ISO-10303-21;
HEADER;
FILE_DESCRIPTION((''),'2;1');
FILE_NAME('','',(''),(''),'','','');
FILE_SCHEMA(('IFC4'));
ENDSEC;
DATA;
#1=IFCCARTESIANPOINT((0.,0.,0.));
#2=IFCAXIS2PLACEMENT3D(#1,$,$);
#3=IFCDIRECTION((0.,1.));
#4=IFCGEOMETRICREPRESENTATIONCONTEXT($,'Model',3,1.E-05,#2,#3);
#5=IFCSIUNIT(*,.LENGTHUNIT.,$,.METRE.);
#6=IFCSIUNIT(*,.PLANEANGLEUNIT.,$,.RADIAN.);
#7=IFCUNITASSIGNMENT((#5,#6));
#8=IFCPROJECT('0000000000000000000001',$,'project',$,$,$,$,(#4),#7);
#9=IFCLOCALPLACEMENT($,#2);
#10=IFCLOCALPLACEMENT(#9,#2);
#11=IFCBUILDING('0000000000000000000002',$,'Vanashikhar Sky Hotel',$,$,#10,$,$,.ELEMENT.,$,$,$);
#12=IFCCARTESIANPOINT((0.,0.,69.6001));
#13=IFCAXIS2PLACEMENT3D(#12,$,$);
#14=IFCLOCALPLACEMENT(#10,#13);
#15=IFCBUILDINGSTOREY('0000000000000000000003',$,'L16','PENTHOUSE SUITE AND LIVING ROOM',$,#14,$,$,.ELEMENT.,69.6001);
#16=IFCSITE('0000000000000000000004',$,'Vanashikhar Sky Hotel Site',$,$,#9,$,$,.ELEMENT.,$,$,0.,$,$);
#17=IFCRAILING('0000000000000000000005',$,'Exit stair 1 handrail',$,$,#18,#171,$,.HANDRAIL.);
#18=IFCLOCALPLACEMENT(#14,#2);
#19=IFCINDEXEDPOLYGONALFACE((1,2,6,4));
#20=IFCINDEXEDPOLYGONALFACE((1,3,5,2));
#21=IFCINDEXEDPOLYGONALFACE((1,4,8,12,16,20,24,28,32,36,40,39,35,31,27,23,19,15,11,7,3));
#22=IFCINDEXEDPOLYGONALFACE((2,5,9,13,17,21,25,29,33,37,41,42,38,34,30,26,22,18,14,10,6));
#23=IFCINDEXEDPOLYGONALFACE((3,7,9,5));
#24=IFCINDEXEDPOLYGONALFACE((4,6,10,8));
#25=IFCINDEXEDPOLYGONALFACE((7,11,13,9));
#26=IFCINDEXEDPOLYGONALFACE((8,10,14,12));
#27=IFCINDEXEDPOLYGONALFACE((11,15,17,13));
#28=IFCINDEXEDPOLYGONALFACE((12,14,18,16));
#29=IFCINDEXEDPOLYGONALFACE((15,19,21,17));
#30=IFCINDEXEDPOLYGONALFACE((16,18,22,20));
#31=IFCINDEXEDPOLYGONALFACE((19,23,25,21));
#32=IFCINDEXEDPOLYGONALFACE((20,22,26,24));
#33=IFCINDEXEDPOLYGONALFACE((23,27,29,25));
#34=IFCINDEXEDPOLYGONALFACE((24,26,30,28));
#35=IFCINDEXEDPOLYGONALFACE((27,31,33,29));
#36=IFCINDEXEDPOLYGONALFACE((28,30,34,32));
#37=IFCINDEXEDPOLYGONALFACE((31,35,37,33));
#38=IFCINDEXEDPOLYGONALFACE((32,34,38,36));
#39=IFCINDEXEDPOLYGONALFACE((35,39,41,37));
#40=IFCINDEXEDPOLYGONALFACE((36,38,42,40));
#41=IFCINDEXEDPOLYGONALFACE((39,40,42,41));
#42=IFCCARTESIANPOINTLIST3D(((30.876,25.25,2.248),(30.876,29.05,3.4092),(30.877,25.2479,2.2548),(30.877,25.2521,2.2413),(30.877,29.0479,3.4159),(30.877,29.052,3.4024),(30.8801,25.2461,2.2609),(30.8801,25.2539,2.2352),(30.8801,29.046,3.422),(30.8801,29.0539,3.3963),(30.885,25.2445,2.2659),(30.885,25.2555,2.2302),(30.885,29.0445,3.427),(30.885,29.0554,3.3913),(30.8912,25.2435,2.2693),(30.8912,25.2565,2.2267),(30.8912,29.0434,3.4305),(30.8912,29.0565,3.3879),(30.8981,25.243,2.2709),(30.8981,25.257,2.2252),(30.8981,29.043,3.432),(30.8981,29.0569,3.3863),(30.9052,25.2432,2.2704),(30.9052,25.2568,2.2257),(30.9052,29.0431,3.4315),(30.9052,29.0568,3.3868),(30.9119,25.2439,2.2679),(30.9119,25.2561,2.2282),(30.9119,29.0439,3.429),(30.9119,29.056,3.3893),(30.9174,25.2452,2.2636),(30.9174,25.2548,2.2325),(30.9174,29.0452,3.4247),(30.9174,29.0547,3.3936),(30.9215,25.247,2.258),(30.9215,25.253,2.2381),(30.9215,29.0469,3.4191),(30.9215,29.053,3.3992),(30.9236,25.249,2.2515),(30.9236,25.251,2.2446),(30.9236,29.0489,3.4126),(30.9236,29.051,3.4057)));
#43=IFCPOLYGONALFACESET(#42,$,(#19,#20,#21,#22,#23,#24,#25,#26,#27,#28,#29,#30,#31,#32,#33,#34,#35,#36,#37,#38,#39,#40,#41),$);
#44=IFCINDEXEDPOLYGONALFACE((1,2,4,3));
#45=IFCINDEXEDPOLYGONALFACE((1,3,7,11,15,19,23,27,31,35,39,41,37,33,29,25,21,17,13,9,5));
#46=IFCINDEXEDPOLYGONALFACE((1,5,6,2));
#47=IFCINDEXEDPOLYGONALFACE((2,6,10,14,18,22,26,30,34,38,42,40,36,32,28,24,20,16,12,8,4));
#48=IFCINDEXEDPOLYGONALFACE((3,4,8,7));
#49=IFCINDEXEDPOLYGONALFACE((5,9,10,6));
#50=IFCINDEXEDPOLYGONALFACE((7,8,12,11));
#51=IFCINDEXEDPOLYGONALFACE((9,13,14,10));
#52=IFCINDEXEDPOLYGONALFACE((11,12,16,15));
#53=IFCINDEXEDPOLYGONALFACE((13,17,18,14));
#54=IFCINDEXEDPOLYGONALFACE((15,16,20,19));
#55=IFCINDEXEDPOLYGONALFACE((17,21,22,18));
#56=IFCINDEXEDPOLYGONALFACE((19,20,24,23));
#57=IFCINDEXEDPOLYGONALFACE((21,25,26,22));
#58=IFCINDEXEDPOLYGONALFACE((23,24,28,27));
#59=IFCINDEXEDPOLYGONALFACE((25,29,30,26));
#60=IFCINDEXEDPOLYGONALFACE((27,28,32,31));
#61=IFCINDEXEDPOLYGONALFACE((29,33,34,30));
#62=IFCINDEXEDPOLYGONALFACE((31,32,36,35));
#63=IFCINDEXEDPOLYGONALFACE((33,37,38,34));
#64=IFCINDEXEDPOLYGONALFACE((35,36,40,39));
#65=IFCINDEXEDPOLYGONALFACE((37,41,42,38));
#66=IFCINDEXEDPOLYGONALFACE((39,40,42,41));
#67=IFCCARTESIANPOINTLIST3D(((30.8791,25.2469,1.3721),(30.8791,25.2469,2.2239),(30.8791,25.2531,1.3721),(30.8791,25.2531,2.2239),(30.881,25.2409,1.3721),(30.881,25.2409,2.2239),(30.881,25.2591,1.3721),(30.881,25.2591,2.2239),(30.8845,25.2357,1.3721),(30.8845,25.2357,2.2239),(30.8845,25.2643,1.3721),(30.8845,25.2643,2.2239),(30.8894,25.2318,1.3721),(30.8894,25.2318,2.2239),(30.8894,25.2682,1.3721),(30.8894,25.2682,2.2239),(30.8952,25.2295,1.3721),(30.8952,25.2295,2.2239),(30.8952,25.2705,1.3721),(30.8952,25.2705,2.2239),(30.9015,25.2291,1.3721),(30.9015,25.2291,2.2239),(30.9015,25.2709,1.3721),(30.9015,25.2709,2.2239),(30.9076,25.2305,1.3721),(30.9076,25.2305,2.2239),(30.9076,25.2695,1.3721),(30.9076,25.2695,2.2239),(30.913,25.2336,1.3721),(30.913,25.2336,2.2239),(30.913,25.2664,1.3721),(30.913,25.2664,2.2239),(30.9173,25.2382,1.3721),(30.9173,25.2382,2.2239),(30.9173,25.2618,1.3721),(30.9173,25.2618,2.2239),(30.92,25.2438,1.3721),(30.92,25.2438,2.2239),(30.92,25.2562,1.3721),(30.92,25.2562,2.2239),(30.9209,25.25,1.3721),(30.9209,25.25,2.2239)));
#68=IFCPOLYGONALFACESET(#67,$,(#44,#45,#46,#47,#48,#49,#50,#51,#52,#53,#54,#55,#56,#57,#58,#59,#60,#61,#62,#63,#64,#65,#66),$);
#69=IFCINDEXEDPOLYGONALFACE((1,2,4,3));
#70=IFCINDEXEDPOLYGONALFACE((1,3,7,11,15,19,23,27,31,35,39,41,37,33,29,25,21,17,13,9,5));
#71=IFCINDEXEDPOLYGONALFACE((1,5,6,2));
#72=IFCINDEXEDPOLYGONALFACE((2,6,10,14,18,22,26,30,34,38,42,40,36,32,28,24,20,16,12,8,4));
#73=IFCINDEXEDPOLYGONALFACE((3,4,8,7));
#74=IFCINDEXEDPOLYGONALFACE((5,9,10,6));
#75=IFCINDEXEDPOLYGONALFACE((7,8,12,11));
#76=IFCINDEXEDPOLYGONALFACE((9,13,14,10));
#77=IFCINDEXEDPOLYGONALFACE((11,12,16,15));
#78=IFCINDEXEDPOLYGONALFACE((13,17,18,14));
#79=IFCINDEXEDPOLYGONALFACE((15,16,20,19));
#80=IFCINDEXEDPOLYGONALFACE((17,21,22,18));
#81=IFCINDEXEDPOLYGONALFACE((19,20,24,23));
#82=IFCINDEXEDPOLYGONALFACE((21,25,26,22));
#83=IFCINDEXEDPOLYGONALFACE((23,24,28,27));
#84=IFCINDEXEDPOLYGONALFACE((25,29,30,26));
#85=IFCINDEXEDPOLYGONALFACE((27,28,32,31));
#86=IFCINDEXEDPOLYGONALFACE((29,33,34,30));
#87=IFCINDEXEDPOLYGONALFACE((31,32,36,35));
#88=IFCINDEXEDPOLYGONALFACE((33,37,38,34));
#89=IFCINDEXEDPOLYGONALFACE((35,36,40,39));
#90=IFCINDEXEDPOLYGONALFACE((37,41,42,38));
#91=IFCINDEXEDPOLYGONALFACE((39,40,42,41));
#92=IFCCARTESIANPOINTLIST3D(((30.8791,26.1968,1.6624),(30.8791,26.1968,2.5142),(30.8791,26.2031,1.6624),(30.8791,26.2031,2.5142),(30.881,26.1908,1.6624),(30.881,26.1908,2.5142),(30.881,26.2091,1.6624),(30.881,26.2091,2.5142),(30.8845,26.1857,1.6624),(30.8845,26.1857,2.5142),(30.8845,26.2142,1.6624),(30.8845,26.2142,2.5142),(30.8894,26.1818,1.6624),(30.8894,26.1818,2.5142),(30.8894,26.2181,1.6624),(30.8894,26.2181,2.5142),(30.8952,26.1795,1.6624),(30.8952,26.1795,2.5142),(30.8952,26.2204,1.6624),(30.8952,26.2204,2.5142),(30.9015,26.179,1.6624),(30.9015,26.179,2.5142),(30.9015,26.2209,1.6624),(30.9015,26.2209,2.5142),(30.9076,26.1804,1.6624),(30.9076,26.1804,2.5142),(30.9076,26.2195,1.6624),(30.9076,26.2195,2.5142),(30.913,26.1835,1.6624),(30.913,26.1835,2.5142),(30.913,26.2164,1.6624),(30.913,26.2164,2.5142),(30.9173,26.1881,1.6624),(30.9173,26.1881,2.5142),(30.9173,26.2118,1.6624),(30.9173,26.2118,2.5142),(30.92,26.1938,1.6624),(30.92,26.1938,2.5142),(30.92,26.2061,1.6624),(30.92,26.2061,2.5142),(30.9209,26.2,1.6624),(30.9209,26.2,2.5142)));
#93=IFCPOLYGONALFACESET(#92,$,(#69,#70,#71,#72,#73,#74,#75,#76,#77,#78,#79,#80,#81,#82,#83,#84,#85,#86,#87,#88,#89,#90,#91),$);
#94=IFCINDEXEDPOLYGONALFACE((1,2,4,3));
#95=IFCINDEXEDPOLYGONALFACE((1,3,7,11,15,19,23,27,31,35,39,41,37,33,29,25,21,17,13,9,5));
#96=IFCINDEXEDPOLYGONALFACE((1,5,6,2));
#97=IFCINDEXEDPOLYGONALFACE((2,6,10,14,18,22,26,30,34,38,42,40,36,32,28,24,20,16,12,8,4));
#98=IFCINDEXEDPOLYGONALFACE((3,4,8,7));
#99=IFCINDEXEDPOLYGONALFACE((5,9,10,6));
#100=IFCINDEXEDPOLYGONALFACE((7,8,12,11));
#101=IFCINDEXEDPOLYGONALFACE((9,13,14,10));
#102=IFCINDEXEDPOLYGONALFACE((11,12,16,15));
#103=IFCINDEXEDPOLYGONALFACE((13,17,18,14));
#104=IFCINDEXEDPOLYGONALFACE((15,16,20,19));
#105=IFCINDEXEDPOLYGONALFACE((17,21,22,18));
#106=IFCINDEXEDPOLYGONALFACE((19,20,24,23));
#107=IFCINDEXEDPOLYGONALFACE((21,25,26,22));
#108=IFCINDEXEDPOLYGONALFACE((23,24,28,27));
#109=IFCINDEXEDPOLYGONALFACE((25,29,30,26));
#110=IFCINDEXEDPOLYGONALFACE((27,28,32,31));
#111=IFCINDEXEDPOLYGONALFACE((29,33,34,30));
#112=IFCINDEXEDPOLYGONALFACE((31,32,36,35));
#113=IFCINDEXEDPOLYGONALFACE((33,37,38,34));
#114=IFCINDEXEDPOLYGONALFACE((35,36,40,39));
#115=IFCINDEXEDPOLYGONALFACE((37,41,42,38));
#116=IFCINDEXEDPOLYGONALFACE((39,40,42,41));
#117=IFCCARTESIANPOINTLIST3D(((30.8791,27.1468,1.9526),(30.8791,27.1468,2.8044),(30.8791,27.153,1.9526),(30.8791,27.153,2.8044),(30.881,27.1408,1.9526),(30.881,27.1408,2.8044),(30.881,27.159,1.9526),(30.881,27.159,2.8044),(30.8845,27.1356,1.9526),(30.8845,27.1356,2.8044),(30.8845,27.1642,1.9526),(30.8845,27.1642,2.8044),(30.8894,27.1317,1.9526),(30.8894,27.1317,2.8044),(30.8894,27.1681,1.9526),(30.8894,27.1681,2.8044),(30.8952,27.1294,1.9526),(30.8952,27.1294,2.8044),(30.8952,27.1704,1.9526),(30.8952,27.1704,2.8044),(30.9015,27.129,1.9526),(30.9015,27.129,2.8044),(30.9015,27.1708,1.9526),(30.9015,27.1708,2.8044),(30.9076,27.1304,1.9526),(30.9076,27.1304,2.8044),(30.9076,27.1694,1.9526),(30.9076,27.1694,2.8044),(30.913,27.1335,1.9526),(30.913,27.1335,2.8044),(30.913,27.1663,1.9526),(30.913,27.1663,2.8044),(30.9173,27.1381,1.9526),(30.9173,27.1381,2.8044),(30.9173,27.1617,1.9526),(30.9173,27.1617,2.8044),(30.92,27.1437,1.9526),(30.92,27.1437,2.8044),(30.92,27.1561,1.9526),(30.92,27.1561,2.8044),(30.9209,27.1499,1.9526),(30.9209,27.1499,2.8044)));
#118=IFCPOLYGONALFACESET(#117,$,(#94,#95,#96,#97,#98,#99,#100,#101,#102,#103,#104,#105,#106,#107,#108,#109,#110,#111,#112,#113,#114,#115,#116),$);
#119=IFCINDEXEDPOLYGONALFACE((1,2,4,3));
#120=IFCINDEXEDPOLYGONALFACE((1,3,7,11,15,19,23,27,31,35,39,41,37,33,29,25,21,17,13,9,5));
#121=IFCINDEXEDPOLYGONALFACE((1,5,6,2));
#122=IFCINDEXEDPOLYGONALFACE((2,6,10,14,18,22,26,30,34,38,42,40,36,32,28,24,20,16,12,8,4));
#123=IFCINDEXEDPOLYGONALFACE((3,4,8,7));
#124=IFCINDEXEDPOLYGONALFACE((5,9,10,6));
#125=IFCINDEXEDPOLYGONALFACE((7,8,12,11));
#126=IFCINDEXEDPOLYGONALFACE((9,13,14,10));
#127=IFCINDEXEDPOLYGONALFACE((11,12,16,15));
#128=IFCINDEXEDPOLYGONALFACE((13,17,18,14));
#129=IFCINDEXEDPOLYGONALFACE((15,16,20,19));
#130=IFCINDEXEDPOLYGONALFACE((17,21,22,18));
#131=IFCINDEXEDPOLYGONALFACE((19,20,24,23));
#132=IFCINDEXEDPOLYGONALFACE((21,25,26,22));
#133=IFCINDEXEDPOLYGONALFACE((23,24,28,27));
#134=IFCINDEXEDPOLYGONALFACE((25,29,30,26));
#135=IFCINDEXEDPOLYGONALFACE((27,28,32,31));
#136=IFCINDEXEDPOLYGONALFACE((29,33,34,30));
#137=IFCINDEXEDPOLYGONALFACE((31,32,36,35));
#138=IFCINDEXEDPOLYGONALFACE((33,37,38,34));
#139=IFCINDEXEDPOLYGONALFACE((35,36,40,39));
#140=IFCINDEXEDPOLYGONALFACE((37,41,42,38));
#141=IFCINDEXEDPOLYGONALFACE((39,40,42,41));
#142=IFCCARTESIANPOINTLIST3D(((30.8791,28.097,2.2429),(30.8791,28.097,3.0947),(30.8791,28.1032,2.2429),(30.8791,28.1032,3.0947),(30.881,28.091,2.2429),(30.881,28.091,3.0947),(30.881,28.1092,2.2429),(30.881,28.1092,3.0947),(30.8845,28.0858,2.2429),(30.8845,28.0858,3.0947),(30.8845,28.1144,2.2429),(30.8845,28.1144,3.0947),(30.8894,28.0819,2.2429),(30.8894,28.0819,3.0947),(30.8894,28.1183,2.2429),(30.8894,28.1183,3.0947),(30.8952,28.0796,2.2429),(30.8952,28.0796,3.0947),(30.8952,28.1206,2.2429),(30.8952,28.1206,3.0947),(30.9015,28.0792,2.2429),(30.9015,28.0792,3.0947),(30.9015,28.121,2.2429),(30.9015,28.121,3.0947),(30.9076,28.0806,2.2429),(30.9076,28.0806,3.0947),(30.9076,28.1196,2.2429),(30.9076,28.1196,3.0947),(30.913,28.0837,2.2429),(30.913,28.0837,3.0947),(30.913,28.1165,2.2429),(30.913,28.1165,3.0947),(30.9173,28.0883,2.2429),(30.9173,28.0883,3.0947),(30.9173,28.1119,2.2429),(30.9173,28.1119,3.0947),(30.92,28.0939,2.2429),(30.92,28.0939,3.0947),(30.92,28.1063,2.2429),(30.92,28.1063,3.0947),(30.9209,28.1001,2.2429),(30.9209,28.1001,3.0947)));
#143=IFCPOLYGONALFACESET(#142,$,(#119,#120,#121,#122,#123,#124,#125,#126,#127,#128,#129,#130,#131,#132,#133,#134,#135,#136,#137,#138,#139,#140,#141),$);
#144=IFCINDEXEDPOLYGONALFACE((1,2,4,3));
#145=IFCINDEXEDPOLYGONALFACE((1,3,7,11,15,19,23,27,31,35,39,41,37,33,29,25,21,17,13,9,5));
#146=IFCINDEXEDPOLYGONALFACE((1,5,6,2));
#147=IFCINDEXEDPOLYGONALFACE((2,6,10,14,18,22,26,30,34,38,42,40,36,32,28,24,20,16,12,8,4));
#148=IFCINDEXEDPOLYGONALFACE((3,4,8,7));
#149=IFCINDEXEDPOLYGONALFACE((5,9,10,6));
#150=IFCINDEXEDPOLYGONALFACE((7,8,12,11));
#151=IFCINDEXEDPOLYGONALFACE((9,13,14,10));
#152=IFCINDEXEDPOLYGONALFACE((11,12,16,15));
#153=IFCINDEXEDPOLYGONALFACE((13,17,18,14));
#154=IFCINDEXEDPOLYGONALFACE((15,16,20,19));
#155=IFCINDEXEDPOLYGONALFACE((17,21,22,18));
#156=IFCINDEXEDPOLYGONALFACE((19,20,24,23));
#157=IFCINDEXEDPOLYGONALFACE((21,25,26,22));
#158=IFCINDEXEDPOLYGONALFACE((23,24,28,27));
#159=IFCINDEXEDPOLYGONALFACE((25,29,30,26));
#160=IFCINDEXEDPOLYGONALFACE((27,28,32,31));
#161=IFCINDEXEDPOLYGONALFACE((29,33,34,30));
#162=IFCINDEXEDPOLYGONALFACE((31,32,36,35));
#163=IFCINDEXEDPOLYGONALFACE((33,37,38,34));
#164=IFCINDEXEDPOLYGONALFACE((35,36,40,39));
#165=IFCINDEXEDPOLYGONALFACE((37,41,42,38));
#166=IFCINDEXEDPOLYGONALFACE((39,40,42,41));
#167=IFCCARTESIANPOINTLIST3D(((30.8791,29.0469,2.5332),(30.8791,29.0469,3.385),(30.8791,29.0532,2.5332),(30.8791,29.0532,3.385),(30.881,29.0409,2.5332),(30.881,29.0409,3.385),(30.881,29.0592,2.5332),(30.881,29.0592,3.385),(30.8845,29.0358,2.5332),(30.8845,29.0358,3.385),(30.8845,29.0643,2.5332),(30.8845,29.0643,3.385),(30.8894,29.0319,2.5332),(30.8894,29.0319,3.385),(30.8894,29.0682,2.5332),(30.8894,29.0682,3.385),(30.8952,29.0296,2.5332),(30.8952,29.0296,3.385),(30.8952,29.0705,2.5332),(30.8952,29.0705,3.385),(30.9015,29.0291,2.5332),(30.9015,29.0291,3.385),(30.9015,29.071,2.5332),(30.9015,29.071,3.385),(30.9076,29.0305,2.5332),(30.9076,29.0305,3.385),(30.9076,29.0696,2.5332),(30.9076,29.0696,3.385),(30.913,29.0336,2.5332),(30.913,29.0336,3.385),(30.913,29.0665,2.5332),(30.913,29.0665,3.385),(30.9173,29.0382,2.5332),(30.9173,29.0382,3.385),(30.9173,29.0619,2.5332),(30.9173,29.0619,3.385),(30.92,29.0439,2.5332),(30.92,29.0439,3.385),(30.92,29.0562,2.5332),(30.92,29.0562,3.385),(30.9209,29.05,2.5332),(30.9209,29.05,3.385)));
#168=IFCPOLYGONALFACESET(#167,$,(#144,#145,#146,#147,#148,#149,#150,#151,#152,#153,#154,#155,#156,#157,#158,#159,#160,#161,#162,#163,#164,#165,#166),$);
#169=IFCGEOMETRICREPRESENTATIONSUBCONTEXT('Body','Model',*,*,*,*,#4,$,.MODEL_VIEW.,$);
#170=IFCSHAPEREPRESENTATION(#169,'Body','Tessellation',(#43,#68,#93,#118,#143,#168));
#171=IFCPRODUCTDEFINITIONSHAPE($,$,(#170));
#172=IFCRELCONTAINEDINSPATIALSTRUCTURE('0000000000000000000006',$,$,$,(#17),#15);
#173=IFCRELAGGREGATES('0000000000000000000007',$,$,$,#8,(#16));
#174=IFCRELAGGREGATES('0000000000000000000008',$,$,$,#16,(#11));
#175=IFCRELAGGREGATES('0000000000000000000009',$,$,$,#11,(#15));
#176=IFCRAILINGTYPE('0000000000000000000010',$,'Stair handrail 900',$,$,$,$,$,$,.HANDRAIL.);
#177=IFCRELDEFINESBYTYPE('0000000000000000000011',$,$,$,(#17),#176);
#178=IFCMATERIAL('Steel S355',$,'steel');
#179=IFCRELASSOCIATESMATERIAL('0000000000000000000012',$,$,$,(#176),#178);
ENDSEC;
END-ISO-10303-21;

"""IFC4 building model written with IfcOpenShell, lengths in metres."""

from ifc_helpers import new_model, si_unit, direction, frame, origin, origin_2d, place, context, subcontext, project, spatial, circle, extrude, source, transform, mapped, material, type_object, element, save


model = new_model("IFC4")

# Units and contexts
model_context = context("Model", 3, precision=1e-05, world=origin(), true_north=direction((0.0, 1.0)))
body_context = subcontext(model_context, "Body", "Model", "MODEL_VIEW")
ifc_project = project(units=[si_unit("LENGTHUNIT", "METRE"), si_unit("PLANEANGLEUNIT", "RADIAN")], contexts=[model_context])

# Site, building, storey
site_placement = place(None, origin())
site = spatial("IfcSite", under=ifc_project, at=site_placement, Name="Vanashikhar Sky Hotel Site", CompositionType="ELEMENT", RefElevation=0.0)
building_placement = place(site_placement, origin())
building = spatial("IfcBuilding", under=site, at=building_placement, Name="Vanashikhar Sky Hotel", CompositionType="ELEMENT")
storey_placement = place(building_placement, frame((0.0, 0.0, 69.6001)))
storey = spatial("IfcBuildingStorey", under=building, at=storey_placement, Name="L16", Description="PENTHOUSE SUITE AND LIVING ROOM", CompositionType="ELEMENT", Elevation=69.6001)

# Railing
ifc_material_1 = material(Name="Steel S355", Category="steel")
railing_type_1 = type_object("IfcRailingType", Name="Stair handrail 900", PredefinedType="HANDRAIL", material=ifc_material_1)
shared_shape_1 = source(origin(), body_context, "Body", "SweptSolid", [
    extrude(circle(Radius=0.0239, at=origin_2d()), frame((0.0, 0.0, 0.876), z_axis=(0.0, 0.956351, 0.29222), x_axis=(-1.0, 0.0, 0.0)), (0.0, 0.0, 1.0), 3.9734),
    extrude(circle(Radius=0.021, at=origin_2d()), origin(), (0.0, 0.0, 1.0), 0.8518),
    extrude(circle(Radius=0.021, at=origin_2d()), frame((0.0, 0.95, 0.2903)), (0.0, 0.0, 1.0), 0.8518),
    extrude(circle(Radius=0.021, at=origin_2d()), frame((0.0, 1.8999, 0.5806)), (0.0, 0.0, 1.0), 0.8518),
    extrude(circle(Radius=0.021, at=origin_2d()), frame((0.0, 2.8501, 0.8708)), (0.0, 0.0, 1.0), 0.8518),
    extrude(circle(Radius=0.021, at=origin_2d()), frame((0.0, 3.8, 1.1611)), (0.0, 0.0, 1.0), 0.8518),
])
railing_1_placement = place(storey_placement, frame((30.8999, 25.25, 1.3721)))
element("IfcRailing", 1, at=railing_1_placement, inside=storey, type_object=railing_type_1, Name="Exit stair 1 handrail", PredefinedType="HANDRAIL", context=body_context, shape_type="MappedRepresentation", body=[
    mapped(shared_shape_1, transform((0.0, 0.0, 0.0), scale=1.0)),
])

save(model, "model.ifc")
